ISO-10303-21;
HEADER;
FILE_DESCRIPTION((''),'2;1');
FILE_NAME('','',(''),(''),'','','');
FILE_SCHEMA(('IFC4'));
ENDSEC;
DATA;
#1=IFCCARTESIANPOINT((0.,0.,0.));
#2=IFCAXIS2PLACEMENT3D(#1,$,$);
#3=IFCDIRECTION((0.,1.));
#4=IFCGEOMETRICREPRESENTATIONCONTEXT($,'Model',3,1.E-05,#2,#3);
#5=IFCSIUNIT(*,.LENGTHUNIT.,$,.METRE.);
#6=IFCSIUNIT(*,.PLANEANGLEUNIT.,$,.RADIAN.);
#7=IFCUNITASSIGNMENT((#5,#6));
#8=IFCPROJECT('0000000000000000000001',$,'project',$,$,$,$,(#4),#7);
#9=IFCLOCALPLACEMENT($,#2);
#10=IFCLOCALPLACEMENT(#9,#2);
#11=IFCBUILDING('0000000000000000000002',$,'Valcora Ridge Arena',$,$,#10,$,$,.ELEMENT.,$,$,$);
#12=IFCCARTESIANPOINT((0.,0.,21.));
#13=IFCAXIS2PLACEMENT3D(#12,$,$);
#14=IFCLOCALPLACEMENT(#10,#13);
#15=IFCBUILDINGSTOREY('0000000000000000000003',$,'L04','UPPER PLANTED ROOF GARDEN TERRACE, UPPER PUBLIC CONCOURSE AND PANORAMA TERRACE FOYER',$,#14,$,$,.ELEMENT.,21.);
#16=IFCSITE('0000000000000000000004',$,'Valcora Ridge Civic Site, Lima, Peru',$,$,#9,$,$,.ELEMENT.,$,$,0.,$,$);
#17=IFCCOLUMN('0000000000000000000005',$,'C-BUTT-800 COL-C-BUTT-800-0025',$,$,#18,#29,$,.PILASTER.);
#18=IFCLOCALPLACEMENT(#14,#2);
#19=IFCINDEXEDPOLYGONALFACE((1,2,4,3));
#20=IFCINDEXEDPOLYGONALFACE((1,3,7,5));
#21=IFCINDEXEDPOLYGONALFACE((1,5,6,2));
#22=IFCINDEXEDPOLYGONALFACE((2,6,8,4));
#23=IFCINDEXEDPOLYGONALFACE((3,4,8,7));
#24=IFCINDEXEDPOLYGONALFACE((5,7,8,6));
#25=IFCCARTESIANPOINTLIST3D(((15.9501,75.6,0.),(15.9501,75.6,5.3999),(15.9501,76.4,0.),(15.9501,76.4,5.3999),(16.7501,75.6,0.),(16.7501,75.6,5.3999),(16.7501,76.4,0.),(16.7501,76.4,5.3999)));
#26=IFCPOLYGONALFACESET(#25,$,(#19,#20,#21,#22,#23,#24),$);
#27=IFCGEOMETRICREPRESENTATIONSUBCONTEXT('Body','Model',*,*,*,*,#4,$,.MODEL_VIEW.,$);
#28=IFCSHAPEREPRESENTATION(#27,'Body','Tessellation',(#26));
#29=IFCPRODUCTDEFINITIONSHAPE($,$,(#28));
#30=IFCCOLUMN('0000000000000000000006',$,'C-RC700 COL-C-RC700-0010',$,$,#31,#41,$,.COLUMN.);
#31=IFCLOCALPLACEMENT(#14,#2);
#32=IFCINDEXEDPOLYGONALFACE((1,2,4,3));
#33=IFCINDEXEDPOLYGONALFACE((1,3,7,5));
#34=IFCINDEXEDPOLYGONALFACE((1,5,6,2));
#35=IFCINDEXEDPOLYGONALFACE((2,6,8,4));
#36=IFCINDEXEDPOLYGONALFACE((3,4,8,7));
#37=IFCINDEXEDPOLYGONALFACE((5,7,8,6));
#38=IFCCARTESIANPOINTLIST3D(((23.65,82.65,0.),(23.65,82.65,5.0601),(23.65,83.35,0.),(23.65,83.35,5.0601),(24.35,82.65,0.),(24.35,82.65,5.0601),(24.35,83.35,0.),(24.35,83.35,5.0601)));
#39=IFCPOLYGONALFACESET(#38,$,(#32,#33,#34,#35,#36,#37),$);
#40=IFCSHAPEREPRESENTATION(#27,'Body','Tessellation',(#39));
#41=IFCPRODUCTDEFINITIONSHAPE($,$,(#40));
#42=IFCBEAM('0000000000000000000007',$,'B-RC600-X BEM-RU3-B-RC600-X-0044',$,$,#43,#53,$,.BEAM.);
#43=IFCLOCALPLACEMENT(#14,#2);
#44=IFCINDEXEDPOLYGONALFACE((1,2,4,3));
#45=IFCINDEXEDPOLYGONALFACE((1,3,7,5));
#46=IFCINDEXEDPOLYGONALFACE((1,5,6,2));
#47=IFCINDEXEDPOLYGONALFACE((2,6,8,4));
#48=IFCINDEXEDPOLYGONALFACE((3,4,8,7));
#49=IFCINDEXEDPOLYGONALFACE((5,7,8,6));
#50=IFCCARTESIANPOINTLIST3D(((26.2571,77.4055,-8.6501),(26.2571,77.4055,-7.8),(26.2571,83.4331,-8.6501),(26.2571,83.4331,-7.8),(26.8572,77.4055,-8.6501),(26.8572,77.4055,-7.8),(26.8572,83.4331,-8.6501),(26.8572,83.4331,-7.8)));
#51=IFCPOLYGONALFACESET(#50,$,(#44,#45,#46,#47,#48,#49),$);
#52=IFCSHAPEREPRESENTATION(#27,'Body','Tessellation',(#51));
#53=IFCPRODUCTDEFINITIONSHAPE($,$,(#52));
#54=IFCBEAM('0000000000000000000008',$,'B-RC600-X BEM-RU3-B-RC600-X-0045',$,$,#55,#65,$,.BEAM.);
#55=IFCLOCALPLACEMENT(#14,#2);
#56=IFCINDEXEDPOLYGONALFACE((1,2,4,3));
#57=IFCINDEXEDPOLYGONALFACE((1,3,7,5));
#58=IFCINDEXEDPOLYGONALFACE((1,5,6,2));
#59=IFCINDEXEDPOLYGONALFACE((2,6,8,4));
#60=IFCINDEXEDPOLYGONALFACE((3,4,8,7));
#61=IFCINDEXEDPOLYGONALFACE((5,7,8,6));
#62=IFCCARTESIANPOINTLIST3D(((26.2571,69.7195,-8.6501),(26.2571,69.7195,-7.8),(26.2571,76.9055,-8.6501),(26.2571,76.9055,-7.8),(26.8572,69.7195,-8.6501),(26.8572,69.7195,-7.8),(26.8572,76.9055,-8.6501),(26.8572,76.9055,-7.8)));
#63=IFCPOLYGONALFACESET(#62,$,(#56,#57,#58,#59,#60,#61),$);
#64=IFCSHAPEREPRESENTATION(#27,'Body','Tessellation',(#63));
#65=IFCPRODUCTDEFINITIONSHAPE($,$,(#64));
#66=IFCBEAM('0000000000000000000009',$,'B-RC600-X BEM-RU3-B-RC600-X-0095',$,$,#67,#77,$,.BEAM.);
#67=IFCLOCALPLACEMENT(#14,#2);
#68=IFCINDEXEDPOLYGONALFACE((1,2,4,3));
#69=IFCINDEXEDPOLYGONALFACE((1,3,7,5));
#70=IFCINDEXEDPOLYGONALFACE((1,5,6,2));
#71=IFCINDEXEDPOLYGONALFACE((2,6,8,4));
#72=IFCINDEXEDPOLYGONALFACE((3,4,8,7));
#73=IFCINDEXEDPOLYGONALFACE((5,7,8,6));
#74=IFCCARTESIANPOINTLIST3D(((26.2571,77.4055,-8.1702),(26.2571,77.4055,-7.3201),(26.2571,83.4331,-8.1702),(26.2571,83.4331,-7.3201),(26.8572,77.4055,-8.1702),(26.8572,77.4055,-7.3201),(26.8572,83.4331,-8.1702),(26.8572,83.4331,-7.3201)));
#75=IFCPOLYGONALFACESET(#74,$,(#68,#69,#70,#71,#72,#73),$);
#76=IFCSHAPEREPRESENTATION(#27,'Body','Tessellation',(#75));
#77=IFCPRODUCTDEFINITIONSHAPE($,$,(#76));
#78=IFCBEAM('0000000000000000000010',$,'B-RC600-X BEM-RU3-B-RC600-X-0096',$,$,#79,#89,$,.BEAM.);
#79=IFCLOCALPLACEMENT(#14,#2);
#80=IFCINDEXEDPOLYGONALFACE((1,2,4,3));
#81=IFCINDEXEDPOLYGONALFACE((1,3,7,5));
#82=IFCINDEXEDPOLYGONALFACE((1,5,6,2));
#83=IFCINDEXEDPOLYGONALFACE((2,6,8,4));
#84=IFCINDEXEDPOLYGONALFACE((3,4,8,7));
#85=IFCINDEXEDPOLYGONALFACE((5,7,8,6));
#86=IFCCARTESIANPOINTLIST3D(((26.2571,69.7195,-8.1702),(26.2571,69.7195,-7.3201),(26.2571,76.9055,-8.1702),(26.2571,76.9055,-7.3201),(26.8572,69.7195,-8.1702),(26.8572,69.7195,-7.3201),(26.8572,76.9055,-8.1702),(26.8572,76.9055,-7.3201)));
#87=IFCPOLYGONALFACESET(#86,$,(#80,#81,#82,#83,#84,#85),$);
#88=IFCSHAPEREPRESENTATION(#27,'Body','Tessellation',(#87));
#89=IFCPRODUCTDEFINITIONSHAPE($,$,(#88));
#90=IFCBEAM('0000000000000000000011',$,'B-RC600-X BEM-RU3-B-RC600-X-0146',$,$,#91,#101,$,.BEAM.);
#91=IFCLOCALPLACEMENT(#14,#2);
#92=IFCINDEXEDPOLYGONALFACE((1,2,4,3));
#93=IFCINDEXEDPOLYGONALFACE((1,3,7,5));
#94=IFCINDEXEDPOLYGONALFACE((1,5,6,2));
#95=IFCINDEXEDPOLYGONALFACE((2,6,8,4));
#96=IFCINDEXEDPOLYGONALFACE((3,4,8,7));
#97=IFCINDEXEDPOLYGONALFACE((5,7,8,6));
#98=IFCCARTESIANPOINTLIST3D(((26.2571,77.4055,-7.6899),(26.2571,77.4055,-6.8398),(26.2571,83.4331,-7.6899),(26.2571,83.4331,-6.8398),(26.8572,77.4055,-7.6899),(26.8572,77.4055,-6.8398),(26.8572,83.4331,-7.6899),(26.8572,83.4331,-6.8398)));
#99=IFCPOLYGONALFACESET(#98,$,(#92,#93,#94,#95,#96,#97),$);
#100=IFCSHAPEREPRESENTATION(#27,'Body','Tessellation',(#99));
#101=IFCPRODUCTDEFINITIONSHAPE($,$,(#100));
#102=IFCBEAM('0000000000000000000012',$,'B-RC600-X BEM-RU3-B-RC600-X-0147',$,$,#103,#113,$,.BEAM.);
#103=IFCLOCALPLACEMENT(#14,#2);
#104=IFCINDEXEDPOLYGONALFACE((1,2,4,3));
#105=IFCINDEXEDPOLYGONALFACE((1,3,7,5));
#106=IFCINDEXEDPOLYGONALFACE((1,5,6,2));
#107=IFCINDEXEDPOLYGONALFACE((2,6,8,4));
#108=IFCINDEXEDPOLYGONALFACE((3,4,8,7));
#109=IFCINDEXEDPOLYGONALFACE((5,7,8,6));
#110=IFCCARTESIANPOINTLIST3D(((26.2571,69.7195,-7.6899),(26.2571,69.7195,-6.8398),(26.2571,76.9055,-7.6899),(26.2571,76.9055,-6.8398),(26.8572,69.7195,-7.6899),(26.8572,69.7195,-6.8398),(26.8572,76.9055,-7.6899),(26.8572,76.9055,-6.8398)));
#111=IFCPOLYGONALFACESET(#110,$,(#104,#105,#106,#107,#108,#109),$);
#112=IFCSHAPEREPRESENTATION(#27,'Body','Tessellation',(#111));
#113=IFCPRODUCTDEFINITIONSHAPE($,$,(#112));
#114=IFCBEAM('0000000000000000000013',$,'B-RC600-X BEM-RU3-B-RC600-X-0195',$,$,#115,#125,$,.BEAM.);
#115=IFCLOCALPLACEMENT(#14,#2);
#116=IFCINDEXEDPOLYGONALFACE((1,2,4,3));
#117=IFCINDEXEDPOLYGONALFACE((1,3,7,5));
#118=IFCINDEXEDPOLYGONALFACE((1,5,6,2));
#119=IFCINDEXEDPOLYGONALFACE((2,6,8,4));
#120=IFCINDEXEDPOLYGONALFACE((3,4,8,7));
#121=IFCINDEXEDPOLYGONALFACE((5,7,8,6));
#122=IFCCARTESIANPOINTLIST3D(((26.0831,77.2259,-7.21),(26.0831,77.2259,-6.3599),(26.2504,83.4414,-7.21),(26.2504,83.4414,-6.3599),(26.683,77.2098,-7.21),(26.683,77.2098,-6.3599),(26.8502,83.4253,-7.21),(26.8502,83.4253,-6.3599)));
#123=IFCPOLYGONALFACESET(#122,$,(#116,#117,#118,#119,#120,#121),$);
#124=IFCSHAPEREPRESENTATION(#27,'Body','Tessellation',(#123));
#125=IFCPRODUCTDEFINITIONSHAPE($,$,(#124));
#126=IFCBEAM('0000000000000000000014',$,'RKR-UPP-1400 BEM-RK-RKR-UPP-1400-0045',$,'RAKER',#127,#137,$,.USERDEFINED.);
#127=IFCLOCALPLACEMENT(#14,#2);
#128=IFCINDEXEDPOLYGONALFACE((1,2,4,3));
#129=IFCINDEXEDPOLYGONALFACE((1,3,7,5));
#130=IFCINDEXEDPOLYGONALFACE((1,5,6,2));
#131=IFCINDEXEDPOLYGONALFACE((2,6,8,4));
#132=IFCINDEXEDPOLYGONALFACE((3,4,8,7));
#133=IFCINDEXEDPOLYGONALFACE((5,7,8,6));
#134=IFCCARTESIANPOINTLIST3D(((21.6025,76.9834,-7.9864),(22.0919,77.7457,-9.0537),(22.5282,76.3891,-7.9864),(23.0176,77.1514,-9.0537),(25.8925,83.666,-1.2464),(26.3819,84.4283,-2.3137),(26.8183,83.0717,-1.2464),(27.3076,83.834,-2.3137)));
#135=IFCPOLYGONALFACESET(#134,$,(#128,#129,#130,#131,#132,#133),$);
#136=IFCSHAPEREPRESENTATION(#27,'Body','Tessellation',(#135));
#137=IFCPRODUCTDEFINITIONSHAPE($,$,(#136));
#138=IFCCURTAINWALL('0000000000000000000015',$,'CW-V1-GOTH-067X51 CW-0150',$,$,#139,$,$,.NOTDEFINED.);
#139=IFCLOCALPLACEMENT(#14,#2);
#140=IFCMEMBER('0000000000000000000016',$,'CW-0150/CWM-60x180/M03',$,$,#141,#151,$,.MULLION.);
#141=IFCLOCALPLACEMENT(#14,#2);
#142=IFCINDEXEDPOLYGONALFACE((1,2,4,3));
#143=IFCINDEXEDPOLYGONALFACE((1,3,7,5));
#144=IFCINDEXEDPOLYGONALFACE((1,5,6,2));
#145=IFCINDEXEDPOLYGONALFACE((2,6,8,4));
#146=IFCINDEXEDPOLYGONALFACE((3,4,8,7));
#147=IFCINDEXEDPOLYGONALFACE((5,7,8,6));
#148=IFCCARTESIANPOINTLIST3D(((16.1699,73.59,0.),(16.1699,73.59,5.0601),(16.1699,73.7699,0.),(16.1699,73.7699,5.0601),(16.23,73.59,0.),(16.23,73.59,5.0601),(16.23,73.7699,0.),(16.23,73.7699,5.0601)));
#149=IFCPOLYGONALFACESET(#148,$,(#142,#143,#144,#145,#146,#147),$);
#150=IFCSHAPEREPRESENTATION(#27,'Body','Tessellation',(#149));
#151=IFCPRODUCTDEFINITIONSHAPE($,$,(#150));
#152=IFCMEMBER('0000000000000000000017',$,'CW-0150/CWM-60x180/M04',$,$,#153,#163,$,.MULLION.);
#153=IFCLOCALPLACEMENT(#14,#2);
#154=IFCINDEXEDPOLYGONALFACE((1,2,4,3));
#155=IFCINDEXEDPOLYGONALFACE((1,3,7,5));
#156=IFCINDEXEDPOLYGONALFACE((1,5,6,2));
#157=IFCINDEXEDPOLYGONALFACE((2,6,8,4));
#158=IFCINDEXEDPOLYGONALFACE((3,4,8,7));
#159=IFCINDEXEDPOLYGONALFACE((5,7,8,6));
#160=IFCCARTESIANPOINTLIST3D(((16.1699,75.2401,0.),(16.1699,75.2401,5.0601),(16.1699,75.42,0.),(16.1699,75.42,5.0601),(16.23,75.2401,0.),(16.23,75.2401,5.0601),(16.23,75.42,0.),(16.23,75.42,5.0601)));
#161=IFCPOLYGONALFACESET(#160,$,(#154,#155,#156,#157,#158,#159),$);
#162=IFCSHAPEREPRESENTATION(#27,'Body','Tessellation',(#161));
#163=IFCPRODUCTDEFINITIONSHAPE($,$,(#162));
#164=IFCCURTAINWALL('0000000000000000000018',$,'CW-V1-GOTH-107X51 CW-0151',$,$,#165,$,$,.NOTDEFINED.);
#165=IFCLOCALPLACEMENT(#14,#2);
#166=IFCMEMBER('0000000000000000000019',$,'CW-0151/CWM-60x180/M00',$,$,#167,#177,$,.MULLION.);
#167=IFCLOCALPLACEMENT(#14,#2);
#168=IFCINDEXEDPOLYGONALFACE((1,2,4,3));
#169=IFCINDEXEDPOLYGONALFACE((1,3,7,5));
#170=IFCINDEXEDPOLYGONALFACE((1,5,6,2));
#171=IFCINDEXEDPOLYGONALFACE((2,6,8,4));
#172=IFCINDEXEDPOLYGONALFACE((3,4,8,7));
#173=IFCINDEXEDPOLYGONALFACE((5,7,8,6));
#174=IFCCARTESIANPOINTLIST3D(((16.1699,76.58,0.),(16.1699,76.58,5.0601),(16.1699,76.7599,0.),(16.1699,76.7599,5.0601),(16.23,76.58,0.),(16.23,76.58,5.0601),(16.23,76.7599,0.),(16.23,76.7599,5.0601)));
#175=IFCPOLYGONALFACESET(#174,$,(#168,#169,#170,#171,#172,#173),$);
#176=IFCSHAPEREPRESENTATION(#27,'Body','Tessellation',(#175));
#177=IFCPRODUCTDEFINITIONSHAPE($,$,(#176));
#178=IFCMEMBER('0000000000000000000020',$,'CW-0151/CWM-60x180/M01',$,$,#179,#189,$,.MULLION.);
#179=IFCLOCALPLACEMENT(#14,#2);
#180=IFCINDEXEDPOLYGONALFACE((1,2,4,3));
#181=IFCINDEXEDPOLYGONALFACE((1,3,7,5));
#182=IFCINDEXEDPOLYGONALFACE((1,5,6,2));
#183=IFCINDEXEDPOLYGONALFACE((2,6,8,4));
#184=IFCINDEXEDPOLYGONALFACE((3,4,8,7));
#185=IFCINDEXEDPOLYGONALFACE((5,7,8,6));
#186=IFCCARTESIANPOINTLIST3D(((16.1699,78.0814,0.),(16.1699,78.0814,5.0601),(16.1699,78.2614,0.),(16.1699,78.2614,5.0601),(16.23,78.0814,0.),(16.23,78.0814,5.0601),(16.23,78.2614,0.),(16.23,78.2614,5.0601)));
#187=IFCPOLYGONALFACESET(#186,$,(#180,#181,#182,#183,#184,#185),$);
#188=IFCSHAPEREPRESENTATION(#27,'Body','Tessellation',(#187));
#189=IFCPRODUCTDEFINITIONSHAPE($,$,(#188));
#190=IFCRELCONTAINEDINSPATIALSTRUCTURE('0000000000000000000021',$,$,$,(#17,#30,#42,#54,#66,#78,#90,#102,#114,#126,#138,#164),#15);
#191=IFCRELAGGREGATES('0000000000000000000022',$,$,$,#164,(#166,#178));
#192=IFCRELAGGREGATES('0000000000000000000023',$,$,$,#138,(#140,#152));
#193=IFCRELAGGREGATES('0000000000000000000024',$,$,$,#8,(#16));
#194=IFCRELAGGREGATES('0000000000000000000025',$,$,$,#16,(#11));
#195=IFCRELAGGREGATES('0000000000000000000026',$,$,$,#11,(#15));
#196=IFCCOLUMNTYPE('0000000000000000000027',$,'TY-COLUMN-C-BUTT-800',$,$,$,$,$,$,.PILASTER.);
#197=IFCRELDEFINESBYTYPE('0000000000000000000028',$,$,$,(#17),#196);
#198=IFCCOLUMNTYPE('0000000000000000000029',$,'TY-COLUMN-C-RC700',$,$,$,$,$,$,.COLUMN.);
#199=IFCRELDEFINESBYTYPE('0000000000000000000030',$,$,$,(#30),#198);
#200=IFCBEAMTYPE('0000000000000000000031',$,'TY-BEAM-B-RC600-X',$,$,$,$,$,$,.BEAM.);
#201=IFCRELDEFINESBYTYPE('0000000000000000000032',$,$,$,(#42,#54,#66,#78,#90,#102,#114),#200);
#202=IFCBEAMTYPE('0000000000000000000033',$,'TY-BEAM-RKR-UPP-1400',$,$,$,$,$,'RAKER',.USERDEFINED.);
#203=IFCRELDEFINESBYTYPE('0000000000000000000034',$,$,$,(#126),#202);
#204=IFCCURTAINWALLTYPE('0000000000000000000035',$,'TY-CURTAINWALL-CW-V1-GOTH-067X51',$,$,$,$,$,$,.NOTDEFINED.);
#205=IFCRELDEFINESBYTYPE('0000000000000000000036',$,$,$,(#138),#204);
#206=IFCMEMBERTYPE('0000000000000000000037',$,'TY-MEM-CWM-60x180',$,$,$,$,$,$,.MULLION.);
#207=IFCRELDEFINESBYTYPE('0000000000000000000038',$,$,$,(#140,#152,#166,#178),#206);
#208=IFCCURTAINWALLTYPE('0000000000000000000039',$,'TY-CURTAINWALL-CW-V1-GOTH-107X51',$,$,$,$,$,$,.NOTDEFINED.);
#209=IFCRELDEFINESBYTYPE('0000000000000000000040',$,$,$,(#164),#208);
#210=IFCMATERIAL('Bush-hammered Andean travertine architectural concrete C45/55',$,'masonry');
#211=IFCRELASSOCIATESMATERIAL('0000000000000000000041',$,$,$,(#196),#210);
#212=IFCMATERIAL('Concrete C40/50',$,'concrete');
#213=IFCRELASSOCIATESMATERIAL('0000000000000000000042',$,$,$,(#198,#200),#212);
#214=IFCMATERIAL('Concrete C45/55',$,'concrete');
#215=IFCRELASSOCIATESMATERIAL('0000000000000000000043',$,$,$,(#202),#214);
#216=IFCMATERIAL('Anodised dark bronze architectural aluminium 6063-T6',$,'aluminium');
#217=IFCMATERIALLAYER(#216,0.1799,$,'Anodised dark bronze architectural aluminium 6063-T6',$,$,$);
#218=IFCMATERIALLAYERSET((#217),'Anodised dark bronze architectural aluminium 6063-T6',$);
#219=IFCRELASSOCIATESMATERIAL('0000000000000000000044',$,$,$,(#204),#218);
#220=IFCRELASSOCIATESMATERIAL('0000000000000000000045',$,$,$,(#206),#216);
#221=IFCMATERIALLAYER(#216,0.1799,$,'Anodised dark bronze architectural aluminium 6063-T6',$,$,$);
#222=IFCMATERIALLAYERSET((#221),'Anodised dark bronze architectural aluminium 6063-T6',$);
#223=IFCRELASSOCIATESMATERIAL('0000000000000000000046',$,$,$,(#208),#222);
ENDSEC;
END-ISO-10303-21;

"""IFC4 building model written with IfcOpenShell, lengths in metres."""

from ifc_helpers import new_model, si_unit, direction, frame, origin, origin_2d, place, context, subcontext, project, spatial, rectangle, extrude, material, layer, layer_set, material_profile, profile_set, type_object, element, aggregate, save


model = new_model("IFC4")

# Units and contexts
model_context = context("Model", 3, precision=1e-05, world=origin(), true_north=direction((0.0, 1.0)))
body_context = subcontext(model_context, "Body", "Model", "MODEL_VIEW")
ifc_project = project(units=[si_unit("LENGTHUNIT", "METRE"), si_unit("PLANEANGLEUNIT", "RADIAN")], contexts=[model_context])

# Site, building, storey
site_placement = place(None, origin())
site = spatial("IfcSite", under=ifc_project, at=site_placement, Name="Valcora Ridge Civic Site, Lima, Peru", CompositionType="ELEMENT", RefElevation=0.0)
building_placement = place(site_placement, origin())
building = spatial("IfcBuilding", under=site, at=building_placement, Name="Valcora Ridge Arena", CompositionType="ELEMENT")
storey_placement = place(building_placement, frame((0.0, 0.0, 21.0)))
storey = spatial("IfcBuildingStorey", under=building, at=storey_placement, Name="L04", Description="UPPER PLANTED ROOF GARDEN TERRACE, UPPER PUBLIC CONCOURSE AND PANORAMA TERRACE FOYER", CompositionType="ELEMENT", Elevation=21.0)

# Columns
ifc_material_1 = material(Name="Bush-hammered Andean travertine architectural concrete C45/55", Category="masonry")
ifc_material_profile_1 = material_profile(ifc_material_1, rectangle(XDim=0.8, YDim=0.8, at=origin_2d()), Name="RC 800x800")
ifc_profile_set_1 = profile_set([ifc_material_profile_1], Name="Bush-hammered Andean travertine architectural concrete C45/55")
column_type_1 = type_object("IfcColumnType", Name="TY-COLUMN-C-BUTT-800", PredefinedType="PILASTER", material=ifc_profile_set_1)
column_1_placement = place(storey_placement, frame((16.3501, 76.0, 0.0), z_axis=(0.0, 0.0, 1.0), x_axis=(1.0, 0.0, 0.0)))
element("IfcColumn", 1, at=column_1_placement, inside=storey, type_object=column_type_1, Name="C-BUTT-800 COL-C-BUTT-800-0025", PredefinedType="PILASTER", context=body_context, shape_type="SweptSolid", body=[
    extrude(rectangle(XDim=0.8, YDim=0.8, at=origin_2d()), origin(), (0.0, 0.0, 1.0), 5.3999),
])
ifc_material_2 = material(Name="Concrete C40/50", Category="concrete")
ifc_material_profile_2 = material_profile(ifc_material_2, rectangle(XDim=0.7, YDim=0.7, at=origin_2d()), Name="RC 700x700")
ifc_profile_set_2 = profile_set([ifc_material_profile_2], Name="Concrete C40/50")
column_type_2 = type_object("IfcColumnType", Name="TY-COLUMN-C-RC700", PredefinedType="COLUMN", material=ifc_profile_set_2)
column_2_placement = place(storey_placement, frame((24.0, 83.0, 0.0), z_axis=(0.0, 0.0, 1.0), x_axis=(1.0, 0.0, 0.0)))
element("IfcColumn", 2, at=column_2_placement, inside=storey, type_object=column_type_2, Name="C-RC700 COL-C-RC700-0010", PredefinedType="COLUMN", context=body_context, shape_type="SweptSolid", body=[
    extrude(rectangle(XDim=0.7, YDim=0.7, at=origin_2d()), origin(), (0.0, 0.0, 1.0), 5.0601),
])

# Beams
ifc_material_profile_3 = material_profile(ifc_material_2, rectangle(XDim=0.6001, YDim=0.8501, at=origin_2d()), Name="RC 600x850")
ifc_profile_set_3 = profile_set([ifc_material_profile_3], Name="Concrete C40/50")
beam_type_1 = type_object("IfcBeamType", Name="TY-BEAM-B-RC600-X", PredefinedType="BEAM", material=ifc_profile_set_3)
beam_1_placement = place(storey_placement, frame((26.5571, 83.4331, -8.2251), z_axis=(0.0, -1.0, 0.0), x_axis=(1.0, 0.0, 0.0)))
element("IfcBeam", 3, at=beam_1_placement, inside=storey, type_object=beam_type_1, Name="B-RC600-X BEM-RU3-B-RC600-X-0044", PredefinedType="BEAM", context=body_context, shape_type="SweptSolid", body=[
    extrude(rectangle(XDim=0.6001, YDim=0.8501, at=origin_2d()), origin(), (0.0, 0.0, 1.0), 6.0276),
])
beam_2_placement = place(storey_placement, frame((26.5571, 76.9055, -8.2251), z_axis=(0.0, -1.0, 0.0), x_axis=(1.0, 0.0, 0.0)))
element("IfcBeam", 4, at=beam_2_placement, inside=storey, type_object=beam_type_1, Name="B-RC600-X BEM-RU3-B-RC600-X-0045", PredefinedType="BEAM", context=body_context, shape_type="SweptSolid", body=[
    extrude(rectangle(XDim=0.6001, YDim=0.8501, at=origin_2d()), origin(), (0.0, 0.0, 1.0), 7.186),
])
beam_3_placement = place(storey_placement, frame((26.5571, 83.4331, -7.7451), z_axis=(0.0, -1.0, 0.0), x_axis=(1.0, 0.0, 0.0)))
element("IfcBeam", 5, at=beam_3_placement, inside=storey, type_object=beam_type_1, Name="B-RC600-X BEM-RU3-B-RC600-X-0095", PredefinedType="BEAM", context=body_context, shape_type="SweptSolid", body=[
    extrude(rectangle(XDim=0.6001, YDim=0.8501, at=origin_2d()), origin(), (0.0, 0.0, 1.0), 6.0276),
])
beam_4_placement = place(storey_placement, frame((26.5571, 76.9055, -7.7451), z_axis=(0.0, -1.0, 0.0), x_axis=(1.0, 0.0, 0.0)))
element("IfcBeam", 6, at=beam_4_placement, inside=storey, type_object=beam_type_1, Name="B-RC600-X BEM-RU3-B-RC600-X-0096", PredefinedType="BEAM", context=body_context, shape_type="SweptSolid", body=[
    extrude(rectangle(XDim=0.6001, YDim=0.8501, at=origin_2d()), origin(), (0.0, 0.0, 1.0), 7.186),
])
beam_5_placement = place(storey_placement, frame((26.5571, 83.4331, -7.2649), z_axis=(0.0, -1.0, 0.0), x_axis=(1.0, 0.0, 0.0)))
element("IfcBeam", 7, at=beam_5_placement, inside=storey, type_object=beam_type_1, Name="B-RC600-X BEM-RU3-B-RC600-X-0146", PredefinedType="BEAM", context=body_context, shape_type="SweptSolid", body=[
    extrude(rectangle(XDim=0.6001, YDim=0.8501, at=origin_2d()), origin(), (0.0, 0.0, 1.0), 6.0276),
])
beam_6_placement = place(storey_placement, frame((26.5571, 76.9055, -7.2649), z_axis=(0.0, -1.0, 0.0), x_axis=(1.0, 0.0, 0.0)))
element("IfcBeam", 8, at=beam_6_placement, inside=storey, type_object=beam_type_1, Name="B-RC600-X BEM-RU3-B-RC600-X-0147", PredefinedType="BEAM", context=body_context, shape_type="SweptSolid", body=[
    extrude(rectangle(XDim=0.6001, YDim=0.8501, at=origin_2d()), origin(), (0.0, 0.0, 1.0), 7.186),
])
beam_7_placement = place(storey_placement, frame((26.5503, 83.4333, -6.7849), z_axis=(-0.026896, -0.999638, 0.0), x_axis=(0.999638, -0.026896, 0.0)))
element("IfcBeam", 9, at=beam_7_placement, inside=storey, type_object=beam_type_1, Name="B-RC600-X BEM-RU3-B-RC600-X-0195", PredefinedType="BEAM", context=body_context, shape_type="SweptSolid", body=[
    extrude(rectangle(XDim=0.6001, YDim=0.8501, at=origin_2d()), origin(), (0.0, 0.0, 1.0), 6.2178),
])
ifc_material_3 = material(Name="Concrete C45/55", Category="concrete")
ifc_material_profile_4 = material_profile(ifc_material_3, rectangle(XDim=1.1001, YDim=1.3999, at=origin_2d()), Name="RC 1100x1400")
ifc_profile_set_4 = profile_set([ifc_material_profile_4], Name="Concrete C45/55")
beam_type_2 = type_object("IfcBeamType", Name="TY-BEAM-RKR-UPP-1400", ElementType="RAKER", PredefinedType="USERDEFINED", material=ifc_profile_set_4)
beam_8_placement = place(storey_placement, frame((22.3101, 77.0674, -8.52), z_axis=(0.411877, 0.641583, 0.647092), x_axis=(-0.841518, 0.540229, 0.0)))
element("IfcBeam", 10, at=beam_8_placement, inside=storey, type_object=beam_type_2, Name="RKR-UPP-1400 BEM-RK-RKR-UPP-1400-0045", ObjectType="RAKER", PredefinedType="USERDEFINED", context=body_context, shape_type="SweptSolid", body=[
    extrude(rectangle(XDim=1.1001, YDim=1.3999, at=origin_2d()), origin(), (0.0, 0.0, 1.0), 10.4158),
])

# Curtain walls, members
ifc_material_4 = material(Name="Anodised dark bronze architectural aluminium 6063-T6", Category="aluminium")
ifc_layer_1 = layer(ifc_material_4, 0.1799, Name="Anodised dark bronze architectural aluminium 6063-T6")
ifc_layer_set_1 = layer_set([ifc_layer_1], Name="Anodised dark bronze architectural aluminium 6063-T6")
curtain_wall_type_1 = type_object("IfcCurtainWallType", Name="TY-CURTAINWALL-CW-V1-GOTH-067X51", PredefinedType="NOTDEFINED", material=ifc_layer_set_1)
curtain_wall_1_placement = place(storey_placement, origin())
curtain_wall_1 = element("IfcCurtainWall", 11, at=curtain_wall_1_placement, inside=storey, type_object=curtain_wall_type_1, Name="CW-V1-GOTH-067X51 CW-0150", PredefinedType="NOTDEFINED")
ifc_material_profile_5 = material_profile(ifc_material_4, rectangle(XDim=0.0601, YDim=0.1799, at=origin_2d()), Name="ALU MULLION 60x180")
ifc_profile_set_5 = profile_set([ifc_material_profile_5], Name="Anodised dark bronze architectural aluminium 6063-T6")
member_type_1 = type_object("IfcMemberType", Name="TY-MEM-CWM-60x180", PredefinedType="MULLION", material=ifc_profile_set_5)
member_1_placement = place(storey_placement, frame((16.2, 73.6799, 0.0), z_axis=(0.0, 0.0, 1.0), x_axis=(-1.0, 0.0, 0.0)))
member_1 = element("IfcMember", 12, at=member_1_placement, type_object=member_type_1, Name="CW-0150/CWM-60x180/M03", PredefinedType="MULLION", context=body_context, shape_type="SweptSolid", body=[
    extrude(rectangle(XDim=0.0601, YDim=0.1799, at=origin_2d()), origin(), (0.0, 0.0, 1.0), 5.0601),
])
member_2_placement = place(storey_placement, frame((16.2, 75.3301, 0.0), z_axis=(0.0, 0.0, 1.0), x_axis=(-1.0, 0.0, 0.0)))
member_2 = element("IfcMember", 13, at=member_2_placement, type_object=member_type_1, Name="CW-0150/CWM-60x180/M04", PredefinedType="MULLION", context=body_context, shape_type="SweptSolid", body=[
    extrude(rectangle(XDim=0.0601, YDim=0.1799, at=origin_2d()), origin(), (0.0, 0.0, 1.0), 5.0601),
])
ifc_layer_2 = layer(ifc_material_4, 0.1799, Name="Anodised dark bronze architectural aluminium 6063-T6")
ifc_layer_set_2 = layer_set([ifc_layer_2], Name="Anodised dark bronze architectural aluminium 6063-T6")
curtain_wall_type_2 = type_object("IfcCurtainWallType", Name="TY-CURTAINWALL-CW-V1-GOTH-107X51", PredefinedType="NOTDEFINED", material=ifc_layer_set_2)
curtain_wall_2_placement = place(storey_placement, origin())
curtain_wall_2 = element("IfcCurtainWall", 14, at=curtain_wall_2_placement, inside=storey, type_object=curtain_wall_type_2, Name="CW-V1-GOTH-107X51 CW-0151", PredefinedType="NOTDEFINED")
member_3_placement = place(storey_placement, frame((16.2, 76.6699, 0.0), z_axis=(0.0, 0.0, 1.0), x_axis=(-1.0, 0.0, 0.0)))
member_3 = element("IfcMember", 15, at=member_3_placement, type_object=member_type_1, Name="CW-0151/CWM-60x180/M00", PredefinedType="MULLION", context=body_context, shape_type="SweptSolid", body=[
    extrude(rectangle(XDim=0.0601, YDim=0.1799, at=origin_2d()), origin(), (0.0, 0.0, 1.0), 5.0601),
])
member_4_placement = place(storey_placement, frame((16.2, 78.1714, 0.0), z_axis=(0.0, 0.0, 1.0), x_axis=(-1.0, 0.0, 0.0)))
member_4 = element("IfcMember", 16, at=member_4_placement, type_object=member_type_1, Name="CW-0151/CWM-60x180/M01", PredefinedType="MULLION", context=body_context, shape_type="SweptSolid", body=[
    extrude(rectangle(XDim=0.0601, YDim=0.1799, at=origin_2d()), origin(), (0.0, 0.0, 1.0), 5.0601),
])

aggregate(curtain_wall_2, [member_3, member_4])
aggregate(curtain_wall_1, [member_1, member_2])

save(model, "model.ifc")
